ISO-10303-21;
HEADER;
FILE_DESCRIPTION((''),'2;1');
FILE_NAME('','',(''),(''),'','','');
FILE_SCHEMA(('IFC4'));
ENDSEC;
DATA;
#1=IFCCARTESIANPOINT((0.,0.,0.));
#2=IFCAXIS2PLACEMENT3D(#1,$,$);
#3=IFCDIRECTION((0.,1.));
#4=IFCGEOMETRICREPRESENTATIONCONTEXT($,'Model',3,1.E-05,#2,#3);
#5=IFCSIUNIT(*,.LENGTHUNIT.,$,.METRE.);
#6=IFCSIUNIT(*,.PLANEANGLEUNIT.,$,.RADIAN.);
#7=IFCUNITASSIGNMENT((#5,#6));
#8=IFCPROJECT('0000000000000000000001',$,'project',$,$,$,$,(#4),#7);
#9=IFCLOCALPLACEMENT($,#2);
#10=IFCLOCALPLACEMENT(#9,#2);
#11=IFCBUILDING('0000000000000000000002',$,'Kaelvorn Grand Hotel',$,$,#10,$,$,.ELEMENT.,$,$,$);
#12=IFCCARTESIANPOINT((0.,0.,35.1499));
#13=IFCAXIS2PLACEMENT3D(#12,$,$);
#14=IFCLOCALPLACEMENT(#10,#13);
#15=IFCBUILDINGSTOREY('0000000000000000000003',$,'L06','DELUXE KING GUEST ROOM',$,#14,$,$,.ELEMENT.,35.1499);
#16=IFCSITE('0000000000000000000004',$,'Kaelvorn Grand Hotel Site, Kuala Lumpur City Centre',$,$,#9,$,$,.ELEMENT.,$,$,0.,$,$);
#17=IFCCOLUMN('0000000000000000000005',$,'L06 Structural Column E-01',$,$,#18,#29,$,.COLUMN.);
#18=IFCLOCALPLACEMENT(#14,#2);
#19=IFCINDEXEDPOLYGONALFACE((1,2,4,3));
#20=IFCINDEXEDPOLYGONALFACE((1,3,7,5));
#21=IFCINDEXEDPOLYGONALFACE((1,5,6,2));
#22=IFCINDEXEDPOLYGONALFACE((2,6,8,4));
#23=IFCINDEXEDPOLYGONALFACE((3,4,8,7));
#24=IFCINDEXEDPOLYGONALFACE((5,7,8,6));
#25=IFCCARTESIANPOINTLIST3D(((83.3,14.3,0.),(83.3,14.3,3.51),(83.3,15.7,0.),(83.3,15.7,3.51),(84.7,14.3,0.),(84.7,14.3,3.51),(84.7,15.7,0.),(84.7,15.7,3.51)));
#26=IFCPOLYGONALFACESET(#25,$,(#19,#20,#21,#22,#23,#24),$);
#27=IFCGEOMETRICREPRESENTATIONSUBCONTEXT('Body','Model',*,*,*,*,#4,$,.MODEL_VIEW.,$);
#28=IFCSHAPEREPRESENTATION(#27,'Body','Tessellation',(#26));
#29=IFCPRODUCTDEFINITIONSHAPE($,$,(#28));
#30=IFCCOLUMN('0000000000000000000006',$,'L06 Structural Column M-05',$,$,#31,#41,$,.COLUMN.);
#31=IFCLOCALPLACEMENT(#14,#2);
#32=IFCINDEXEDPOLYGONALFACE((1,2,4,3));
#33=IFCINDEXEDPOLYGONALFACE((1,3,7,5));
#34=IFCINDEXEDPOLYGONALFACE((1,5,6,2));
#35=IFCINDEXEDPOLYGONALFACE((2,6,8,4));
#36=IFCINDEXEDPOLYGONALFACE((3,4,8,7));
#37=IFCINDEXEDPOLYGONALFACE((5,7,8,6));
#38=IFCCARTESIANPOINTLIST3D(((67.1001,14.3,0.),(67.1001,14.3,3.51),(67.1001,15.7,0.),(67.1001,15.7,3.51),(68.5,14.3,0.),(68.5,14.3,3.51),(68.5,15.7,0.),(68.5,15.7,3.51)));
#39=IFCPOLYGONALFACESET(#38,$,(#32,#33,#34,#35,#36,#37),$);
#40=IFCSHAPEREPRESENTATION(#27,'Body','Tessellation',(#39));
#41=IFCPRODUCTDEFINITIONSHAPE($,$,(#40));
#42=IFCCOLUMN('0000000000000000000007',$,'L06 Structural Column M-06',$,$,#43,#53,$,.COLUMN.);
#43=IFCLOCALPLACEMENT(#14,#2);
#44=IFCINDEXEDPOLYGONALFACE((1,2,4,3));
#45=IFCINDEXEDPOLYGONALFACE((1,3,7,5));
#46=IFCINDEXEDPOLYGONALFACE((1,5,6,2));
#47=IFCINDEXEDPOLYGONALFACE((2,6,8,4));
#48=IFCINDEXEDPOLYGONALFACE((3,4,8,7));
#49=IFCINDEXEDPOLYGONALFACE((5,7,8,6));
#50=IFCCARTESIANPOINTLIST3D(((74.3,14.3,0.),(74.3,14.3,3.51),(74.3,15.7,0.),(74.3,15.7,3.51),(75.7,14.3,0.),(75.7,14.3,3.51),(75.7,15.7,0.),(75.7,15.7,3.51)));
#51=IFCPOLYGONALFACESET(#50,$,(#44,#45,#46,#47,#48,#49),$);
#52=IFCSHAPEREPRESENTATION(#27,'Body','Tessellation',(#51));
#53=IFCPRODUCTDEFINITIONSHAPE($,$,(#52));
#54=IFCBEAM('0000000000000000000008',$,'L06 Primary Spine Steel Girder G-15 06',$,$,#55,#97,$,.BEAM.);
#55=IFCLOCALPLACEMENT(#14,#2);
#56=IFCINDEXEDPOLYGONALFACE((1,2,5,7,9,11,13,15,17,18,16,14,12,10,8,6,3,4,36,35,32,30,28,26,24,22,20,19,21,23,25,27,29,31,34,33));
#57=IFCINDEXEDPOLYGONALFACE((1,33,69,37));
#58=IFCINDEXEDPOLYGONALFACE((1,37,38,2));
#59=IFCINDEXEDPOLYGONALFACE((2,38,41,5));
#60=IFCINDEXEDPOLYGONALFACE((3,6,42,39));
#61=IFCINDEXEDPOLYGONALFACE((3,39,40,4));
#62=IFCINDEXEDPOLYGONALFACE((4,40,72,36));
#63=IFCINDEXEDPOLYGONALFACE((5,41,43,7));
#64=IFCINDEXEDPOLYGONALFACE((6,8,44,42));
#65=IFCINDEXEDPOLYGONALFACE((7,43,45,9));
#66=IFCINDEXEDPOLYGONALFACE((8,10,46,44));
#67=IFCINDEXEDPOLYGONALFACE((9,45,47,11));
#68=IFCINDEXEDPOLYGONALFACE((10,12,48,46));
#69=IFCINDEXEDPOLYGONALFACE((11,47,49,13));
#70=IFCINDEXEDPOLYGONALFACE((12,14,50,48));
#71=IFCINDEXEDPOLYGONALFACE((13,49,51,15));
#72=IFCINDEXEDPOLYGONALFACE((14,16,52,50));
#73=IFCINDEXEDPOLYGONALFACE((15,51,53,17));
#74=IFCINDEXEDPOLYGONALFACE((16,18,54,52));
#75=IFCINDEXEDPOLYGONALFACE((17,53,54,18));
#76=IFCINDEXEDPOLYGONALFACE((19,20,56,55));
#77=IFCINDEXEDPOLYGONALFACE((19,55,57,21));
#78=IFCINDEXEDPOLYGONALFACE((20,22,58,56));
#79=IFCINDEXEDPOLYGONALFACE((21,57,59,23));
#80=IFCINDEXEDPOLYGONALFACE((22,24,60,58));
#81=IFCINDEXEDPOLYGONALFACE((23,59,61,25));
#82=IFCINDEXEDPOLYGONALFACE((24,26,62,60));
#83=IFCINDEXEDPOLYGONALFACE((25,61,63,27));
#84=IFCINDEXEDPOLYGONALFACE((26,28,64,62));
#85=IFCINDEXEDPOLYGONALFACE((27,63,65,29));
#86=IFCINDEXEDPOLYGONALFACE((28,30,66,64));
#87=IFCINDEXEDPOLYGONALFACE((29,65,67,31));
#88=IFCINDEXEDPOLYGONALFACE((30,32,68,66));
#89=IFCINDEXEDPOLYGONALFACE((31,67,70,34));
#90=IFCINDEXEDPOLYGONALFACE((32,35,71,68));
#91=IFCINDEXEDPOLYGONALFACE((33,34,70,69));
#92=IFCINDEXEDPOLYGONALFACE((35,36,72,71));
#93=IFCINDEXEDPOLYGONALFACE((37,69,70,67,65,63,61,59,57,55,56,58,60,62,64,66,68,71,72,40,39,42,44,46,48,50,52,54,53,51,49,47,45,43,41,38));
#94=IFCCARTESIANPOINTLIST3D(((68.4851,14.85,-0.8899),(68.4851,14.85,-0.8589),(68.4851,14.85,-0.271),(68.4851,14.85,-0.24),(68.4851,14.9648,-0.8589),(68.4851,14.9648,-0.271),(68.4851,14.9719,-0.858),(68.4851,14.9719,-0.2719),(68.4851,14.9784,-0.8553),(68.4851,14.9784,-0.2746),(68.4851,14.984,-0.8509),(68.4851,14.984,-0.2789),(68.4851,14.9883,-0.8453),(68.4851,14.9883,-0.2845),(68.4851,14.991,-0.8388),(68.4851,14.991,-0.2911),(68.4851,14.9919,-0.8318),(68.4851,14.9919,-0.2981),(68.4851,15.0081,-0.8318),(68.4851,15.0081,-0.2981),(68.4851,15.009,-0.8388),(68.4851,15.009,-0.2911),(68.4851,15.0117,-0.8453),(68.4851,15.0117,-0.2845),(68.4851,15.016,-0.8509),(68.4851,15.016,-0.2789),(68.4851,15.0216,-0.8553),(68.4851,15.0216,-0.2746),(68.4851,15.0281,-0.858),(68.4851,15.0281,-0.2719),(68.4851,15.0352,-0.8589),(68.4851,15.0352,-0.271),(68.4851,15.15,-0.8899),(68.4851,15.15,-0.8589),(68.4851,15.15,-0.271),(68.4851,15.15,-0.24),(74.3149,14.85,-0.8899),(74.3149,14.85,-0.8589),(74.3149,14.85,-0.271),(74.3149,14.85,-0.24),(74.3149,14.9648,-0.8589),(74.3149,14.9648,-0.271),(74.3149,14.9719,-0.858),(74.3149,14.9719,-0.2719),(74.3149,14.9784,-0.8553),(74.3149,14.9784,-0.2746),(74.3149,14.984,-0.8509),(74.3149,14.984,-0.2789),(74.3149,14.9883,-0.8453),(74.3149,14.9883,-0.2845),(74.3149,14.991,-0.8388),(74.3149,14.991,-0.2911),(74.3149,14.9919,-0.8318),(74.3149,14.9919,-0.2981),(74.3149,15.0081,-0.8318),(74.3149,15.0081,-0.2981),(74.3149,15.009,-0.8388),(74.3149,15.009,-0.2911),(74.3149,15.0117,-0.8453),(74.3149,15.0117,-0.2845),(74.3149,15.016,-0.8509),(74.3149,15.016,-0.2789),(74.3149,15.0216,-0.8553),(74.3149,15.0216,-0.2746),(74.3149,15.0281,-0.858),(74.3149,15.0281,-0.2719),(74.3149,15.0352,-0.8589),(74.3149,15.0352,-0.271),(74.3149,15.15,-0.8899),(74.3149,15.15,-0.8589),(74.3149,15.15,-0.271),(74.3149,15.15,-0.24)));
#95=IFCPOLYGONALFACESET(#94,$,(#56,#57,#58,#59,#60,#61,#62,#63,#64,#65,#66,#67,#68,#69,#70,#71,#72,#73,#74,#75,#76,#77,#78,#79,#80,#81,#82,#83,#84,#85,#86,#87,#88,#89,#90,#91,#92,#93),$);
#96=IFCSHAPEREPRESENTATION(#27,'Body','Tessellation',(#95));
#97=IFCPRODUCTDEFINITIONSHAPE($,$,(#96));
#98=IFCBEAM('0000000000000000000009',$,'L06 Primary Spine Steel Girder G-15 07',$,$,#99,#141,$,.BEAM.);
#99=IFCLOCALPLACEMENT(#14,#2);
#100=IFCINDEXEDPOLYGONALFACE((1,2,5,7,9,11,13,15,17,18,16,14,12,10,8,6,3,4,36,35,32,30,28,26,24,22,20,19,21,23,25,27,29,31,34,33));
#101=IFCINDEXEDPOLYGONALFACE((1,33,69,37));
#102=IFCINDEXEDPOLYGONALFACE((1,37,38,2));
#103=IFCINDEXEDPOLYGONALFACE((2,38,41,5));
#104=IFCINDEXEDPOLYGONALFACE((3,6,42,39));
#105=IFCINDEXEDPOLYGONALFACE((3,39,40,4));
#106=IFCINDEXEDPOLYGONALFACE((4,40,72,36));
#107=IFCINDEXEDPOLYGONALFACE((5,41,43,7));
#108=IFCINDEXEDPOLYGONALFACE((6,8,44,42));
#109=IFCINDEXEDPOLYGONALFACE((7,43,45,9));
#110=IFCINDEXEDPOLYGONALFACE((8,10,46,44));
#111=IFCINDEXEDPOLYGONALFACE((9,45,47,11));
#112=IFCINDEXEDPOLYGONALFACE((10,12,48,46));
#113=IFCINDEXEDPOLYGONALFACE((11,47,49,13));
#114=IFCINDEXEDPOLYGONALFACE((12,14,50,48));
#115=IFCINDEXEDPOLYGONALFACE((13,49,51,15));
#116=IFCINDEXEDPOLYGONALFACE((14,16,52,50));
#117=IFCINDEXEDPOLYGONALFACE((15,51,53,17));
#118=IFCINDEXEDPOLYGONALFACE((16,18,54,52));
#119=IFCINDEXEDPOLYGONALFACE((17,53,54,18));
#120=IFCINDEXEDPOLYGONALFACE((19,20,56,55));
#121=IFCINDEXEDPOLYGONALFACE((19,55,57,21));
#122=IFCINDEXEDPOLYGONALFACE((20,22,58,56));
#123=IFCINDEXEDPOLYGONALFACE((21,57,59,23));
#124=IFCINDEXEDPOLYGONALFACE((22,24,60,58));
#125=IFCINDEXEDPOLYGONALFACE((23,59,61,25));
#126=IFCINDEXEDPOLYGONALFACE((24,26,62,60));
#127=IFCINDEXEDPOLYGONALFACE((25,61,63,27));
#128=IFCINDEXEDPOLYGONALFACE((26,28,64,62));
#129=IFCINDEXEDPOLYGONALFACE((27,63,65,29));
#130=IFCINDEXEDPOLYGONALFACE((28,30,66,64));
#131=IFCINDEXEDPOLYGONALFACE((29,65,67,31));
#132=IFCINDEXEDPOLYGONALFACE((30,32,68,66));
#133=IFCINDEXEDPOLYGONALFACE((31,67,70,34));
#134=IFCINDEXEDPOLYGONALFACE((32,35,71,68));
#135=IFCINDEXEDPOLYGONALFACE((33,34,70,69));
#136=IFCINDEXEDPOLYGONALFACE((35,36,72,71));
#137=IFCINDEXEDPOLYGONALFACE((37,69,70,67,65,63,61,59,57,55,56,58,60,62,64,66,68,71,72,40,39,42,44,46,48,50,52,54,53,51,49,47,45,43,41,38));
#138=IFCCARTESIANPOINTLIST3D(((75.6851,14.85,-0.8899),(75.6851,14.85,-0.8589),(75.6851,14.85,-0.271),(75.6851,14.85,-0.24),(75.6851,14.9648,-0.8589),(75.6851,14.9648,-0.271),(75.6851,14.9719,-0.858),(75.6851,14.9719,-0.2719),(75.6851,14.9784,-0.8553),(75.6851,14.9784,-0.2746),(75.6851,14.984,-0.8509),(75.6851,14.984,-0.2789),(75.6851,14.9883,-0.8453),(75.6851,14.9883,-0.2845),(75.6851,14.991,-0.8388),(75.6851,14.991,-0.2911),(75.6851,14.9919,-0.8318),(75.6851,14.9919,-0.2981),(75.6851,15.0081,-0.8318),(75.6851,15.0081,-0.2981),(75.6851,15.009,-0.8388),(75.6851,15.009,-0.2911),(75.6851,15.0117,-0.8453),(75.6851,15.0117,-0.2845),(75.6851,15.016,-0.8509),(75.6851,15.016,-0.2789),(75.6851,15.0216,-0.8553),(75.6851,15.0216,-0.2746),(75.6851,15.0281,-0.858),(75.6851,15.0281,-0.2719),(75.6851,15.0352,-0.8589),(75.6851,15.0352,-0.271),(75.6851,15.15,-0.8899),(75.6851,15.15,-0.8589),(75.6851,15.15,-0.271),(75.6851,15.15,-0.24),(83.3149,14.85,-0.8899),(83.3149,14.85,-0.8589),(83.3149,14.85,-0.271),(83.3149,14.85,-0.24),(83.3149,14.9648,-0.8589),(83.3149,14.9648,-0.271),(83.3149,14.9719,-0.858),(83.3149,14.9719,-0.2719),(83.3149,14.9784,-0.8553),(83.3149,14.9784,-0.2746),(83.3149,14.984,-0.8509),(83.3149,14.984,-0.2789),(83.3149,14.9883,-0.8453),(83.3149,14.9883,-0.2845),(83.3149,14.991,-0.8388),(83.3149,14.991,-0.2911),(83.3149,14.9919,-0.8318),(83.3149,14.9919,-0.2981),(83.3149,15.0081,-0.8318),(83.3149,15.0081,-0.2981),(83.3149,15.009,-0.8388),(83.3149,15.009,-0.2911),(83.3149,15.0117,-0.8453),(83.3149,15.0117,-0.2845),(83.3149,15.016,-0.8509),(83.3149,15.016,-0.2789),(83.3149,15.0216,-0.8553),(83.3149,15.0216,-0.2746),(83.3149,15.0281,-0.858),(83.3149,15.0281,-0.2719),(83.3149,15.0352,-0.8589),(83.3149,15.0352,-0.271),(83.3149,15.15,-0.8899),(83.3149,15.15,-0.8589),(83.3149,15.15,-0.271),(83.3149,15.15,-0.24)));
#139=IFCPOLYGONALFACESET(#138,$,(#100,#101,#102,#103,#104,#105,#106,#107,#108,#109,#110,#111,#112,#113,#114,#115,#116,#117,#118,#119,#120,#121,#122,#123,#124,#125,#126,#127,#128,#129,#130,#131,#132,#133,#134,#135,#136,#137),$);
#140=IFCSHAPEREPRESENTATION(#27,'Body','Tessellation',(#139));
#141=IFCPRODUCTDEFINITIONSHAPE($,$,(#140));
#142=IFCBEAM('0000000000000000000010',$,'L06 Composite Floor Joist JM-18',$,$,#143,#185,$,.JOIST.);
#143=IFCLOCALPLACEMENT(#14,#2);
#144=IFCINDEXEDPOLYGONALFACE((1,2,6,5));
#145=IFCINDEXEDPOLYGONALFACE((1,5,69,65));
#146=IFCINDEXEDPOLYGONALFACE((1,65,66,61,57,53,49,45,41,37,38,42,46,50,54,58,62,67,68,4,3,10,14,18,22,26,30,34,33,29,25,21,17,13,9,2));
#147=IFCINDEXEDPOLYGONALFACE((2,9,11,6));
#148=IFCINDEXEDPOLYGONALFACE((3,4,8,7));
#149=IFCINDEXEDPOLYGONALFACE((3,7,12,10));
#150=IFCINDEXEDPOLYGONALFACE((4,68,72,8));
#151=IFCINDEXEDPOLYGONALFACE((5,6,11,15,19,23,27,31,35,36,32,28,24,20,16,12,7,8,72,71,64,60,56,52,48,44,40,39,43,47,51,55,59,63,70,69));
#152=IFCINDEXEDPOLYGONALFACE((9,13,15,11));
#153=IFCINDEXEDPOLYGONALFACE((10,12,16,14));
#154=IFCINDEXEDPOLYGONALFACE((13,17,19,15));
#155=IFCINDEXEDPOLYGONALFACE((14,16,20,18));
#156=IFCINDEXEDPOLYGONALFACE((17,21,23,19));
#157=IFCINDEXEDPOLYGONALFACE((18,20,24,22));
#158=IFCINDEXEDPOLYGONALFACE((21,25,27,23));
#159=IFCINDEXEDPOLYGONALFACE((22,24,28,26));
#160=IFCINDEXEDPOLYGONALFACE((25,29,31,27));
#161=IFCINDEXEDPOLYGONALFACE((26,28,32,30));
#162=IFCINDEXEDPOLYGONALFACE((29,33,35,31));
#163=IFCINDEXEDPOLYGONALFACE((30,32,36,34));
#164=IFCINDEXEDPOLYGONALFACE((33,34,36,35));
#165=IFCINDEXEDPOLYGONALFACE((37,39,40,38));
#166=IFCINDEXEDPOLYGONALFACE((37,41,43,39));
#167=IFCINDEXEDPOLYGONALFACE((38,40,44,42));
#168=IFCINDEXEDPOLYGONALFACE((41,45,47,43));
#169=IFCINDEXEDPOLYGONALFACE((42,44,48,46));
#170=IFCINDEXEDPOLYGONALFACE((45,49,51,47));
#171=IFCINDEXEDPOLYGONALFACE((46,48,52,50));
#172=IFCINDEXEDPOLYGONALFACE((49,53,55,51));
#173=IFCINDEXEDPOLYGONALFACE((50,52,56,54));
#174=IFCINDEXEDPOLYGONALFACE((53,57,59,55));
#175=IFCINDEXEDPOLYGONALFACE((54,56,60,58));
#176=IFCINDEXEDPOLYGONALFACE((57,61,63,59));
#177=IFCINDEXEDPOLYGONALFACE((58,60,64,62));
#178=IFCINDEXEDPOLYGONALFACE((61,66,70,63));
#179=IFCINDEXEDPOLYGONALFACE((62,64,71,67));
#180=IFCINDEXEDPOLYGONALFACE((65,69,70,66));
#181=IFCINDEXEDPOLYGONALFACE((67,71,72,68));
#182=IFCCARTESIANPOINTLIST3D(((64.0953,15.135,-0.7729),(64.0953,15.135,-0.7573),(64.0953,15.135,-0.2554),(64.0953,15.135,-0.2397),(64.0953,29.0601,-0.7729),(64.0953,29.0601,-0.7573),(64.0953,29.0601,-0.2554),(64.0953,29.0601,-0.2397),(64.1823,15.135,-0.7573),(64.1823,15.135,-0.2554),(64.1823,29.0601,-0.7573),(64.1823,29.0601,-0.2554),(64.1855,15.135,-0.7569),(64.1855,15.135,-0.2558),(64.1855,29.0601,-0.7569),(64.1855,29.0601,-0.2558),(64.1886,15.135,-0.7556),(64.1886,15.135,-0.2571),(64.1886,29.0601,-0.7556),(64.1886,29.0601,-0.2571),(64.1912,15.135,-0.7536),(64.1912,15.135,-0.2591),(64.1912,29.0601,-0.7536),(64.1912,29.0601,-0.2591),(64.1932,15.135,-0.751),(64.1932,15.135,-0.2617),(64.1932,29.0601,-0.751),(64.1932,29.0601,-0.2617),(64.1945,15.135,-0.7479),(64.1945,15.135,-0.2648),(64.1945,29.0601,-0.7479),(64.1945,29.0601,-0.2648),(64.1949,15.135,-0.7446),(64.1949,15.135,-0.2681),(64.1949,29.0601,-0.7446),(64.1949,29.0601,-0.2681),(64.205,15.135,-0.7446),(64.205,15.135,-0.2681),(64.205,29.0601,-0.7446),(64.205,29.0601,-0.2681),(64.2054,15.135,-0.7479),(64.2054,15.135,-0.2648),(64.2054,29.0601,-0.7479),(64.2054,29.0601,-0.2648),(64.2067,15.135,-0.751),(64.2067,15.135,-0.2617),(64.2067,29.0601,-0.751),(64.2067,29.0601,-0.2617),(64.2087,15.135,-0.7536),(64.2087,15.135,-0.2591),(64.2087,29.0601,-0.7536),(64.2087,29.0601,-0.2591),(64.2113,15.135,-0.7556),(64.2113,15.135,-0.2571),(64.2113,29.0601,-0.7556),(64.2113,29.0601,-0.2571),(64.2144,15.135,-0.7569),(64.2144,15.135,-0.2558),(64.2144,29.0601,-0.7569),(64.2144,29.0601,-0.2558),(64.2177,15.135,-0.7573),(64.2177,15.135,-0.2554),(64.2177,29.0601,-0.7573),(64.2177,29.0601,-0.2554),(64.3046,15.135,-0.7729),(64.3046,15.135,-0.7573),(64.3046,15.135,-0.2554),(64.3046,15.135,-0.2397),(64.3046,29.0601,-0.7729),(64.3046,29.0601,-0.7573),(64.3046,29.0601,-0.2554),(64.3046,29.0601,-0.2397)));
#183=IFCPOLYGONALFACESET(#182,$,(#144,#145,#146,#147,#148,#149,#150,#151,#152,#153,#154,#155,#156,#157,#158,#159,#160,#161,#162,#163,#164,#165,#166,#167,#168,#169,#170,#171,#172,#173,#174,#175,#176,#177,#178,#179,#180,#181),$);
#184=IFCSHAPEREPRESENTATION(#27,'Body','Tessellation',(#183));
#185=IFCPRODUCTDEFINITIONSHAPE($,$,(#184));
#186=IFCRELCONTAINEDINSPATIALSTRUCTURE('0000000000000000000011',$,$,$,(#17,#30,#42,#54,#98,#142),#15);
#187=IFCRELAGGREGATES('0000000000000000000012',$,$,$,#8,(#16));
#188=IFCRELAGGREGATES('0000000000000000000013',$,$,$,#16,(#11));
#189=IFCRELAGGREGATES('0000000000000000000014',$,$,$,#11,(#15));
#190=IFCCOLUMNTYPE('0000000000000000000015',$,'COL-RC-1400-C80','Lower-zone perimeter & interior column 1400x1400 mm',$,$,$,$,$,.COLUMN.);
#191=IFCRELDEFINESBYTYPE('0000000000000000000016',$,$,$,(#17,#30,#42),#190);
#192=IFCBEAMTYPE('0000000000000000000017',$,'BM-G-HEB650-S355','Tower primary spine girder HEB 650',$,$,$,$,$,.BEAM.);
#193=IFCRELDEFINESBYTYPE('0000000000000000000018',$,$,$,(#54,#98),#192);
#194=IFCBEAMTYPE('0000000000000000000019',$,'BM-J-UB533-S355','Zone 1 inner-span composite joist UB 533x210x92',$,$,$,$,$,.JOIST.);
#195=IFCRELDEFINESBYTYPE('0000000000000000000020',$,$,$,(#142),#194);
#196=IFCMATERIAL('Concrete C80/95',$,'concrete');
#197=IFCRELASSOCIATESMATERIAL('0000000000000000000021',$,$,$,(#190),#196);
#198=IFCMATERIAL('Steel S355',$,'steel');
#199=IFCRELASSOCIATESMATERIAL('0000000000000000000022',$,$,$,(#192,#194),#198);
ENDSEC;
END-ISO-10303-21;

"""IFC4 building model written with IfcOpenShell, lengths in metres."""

from ifc_helpers import new_model, si_unit, direction, frame, origin, origin_2d, place, context, subcontext, project, spatial, rectangle, i_section, extrude, material, material_profile, profile_set, type_object, element, save


model = new_model("IFC4")

# Units and contexts
model_context = context("Model", 3, precision=1e-05, world=origin(), true_north=direction((0.0, 1.0)))
body_context = subcontext(model_context, "Body", "Model", "MODEL_VIEW")
ifc_project = project(units=[si_unit("LENGTHUNIT", "METRE"), si_unit("PLANEANGLEUNIT", "RADIAN")], contexts=[model_context])

# Site, building, storey
site_placement = place(None, origin())
site = spatial("IfcSite", under=ifc_project, at=site_placement, Name="Kaelvorn Grand Hotel Site, Kuala Lumpur City Centre", CompositionType="ELEMENT", RefElevation=0.0)
building_placement = place(site_placement, origin())
building = spatial("IfcBuilding", under=site, at=building_placement, Name="Kaelvorn Grand Hotel", CompositionType="ELEMENT")
storey_placement = place(building_placement, frame((0.0, 0.0, 35.1499)))
storey = spatial("IfcBuildingStorey", under=building, at=storey_placement, Name="L06", Description="DELUXE KING GUEST ROOM", CompositionType="ELEMENT", Elevation=35.1499)

# Columns
ifc_material_1 = material(Name="Concrete C80/95", Category="concrete")
ifc_material_profile_1 = material_profile(ifc_material_1, rectangle(XDim=1.3999, YDim=1.3999, at=origin_2d()), Name="RC COL 1400x1400")
ifc_profile_set_1 = profile_set([ifc_material_profile_1], Name="Concrete C80/95")
column_type = type_object("IfcColumnType", Name="COL-RC-1400-C80", Description="Lower-zone perimeter & interior column 1400x1400 mm", PredefinedType="COLUMN", material=ifc_profile_set_1)
for number, where, z_axis, x_axis, name in (
    (1, (84.0, 15.0, 0.0), (0.0, 0.0, 1.0), (1.0, 0.0, 0.0), "L06 Structural Column E-01"),
    (2, (67.8, 15.0, 0.0), (0.0, 0.0, 1.0), (1.0, 0.0, 0.0), "L06 Structural Column M-05"),
    (3, (75.0, 15.0, 0.0), (0.0, 0.0, 1.0), (1.0, 0.0, 0.0), "L06 Structural Column M-06"),
):
    element("IfcColumn", number, at=place(storey_placement, frame(where, z_axis=z_axis, x_axis=x_axis)), inside=storey, type_object=column_type, Name=name, PredefinedType="COLUMN", context=body_context, shape_type="SweptSolid", body=[
        extrude(rectangle(XDim=1.3999, YDim=1.3999, at=origin_2d()), origin(), (0.0, 0.0, 1.0), 3.51),
    ])

# Beams
ifc_material_2 = material(Name="Steel S355", Category="steel")
ifc_material_profile_2 = material_profile(ifc_material_2, i_section(OverallWidth=0.3, OverallDepth=0.6499, WebThickness=0.0161, FlangeThickness=0.031, FilletRadius=0.0271, at=origin_2d()), Name="HEB 650")
ifc_profile_set_2 = profile_set([ifc_material_profile_2], Name="Steel S355")
beam_type_1 = type_object("IfcBeamType", Name="BM-G-HEB650-S355", Description="Tower primary spine girder HEB 650", PredefinedType="BEAM", material=ifc_profile_set_2)
beam_1_placement = place(storey_placement, frame((68.4851, 15.0, -0.5649), z_axis=(1.0, 0.0, 0.0), x_axis=(0.0, 1.0, 0.0)))
element("IfcBeam", 4, at=beam_1_placement, inside=storey, type_object=beam_type_1, Name="L06 Primary Spine Steel Girder G-15 06", PredefinedType="BEAM", context=body_context, shape_type="SweptSolid", body=[
    extrude(i_section(OverallWidth=0.3, OverallDepth=0.6499, WebThickness=0.0161, FlangeThickness=0.031, FilletRadius=0.0271, at=origin_2d()), origin(), (0.0, 0.0, 1.0), 5.8298),
])
beam_2_placement = place(storey_placement, frame((75.6851, 15.0, -0.5649), z_axis=(1.0, 0.0, 0.0), x_axis=(0.0, 1.0, 0.0)))
element("IfcBeam", 5, at=beam_2_placement, inside=storey, type_object=beam_type_1, Name="L06 Primary Spine Steel Girder G-15 07", PredefinedType="BEAM", context=body_context, shape_type="SweptSolid", body=[
    extrude(i_section(OverallWidth=0.3, OverallDepth=0.6499, WebThickness=0.0161, FlangeThickness=0.031, FilletRadius=0.0271, at=origin_2d()), origin(), (0.0, 0.0, 1.0), 7.6299),
])
ifc_material_profile_3 = material_profile(ifc_material_2, i_section(OverallWidth=0.2092, OverallDepth=0.5332, WebThickness=0.01, FlangeThickness=0.0156, FilletRadius=0.0127, at=origin_2d()), Name="UB 533x210x92")
ifc_profile_set_3 = profile_set([ifc_material_profile_3], Name="Steel S355")
beam_type_2 = type_object("IfcBeamType", Name="BM-J-UB533-S355", Description="Zone 1 inner-span composite joist UB 533x210x92", PredefinedType="JOIST", material=ifc_profile_set_3)
beam_3_placement = place(storey_placement, frame((64.2, 15.135, -0.5063), z_axis=(0.0, 1.0, 0.0), x_axis=(-1.0, 0.0, 0.0)))
element("IfcBeam", 6, at=beam_3_placement, inside=storey, type_object=beam_type_2, Name="L06 Composite Floor Joist JM-18", PredefinedType="JOIST", context=body_context, shape_type="SweptSolid", body=[
    extrude(i_section(OverallWidth=0.2092, OverallDepth=0.5332, WebThickness=0.01, FlangeThickness=0.0156, FilletRadius=0.0127, at=origin_2d()), origin(), (0.0, 0.0, 1.0), 13.925),
])

save(model, "model.ifc")
